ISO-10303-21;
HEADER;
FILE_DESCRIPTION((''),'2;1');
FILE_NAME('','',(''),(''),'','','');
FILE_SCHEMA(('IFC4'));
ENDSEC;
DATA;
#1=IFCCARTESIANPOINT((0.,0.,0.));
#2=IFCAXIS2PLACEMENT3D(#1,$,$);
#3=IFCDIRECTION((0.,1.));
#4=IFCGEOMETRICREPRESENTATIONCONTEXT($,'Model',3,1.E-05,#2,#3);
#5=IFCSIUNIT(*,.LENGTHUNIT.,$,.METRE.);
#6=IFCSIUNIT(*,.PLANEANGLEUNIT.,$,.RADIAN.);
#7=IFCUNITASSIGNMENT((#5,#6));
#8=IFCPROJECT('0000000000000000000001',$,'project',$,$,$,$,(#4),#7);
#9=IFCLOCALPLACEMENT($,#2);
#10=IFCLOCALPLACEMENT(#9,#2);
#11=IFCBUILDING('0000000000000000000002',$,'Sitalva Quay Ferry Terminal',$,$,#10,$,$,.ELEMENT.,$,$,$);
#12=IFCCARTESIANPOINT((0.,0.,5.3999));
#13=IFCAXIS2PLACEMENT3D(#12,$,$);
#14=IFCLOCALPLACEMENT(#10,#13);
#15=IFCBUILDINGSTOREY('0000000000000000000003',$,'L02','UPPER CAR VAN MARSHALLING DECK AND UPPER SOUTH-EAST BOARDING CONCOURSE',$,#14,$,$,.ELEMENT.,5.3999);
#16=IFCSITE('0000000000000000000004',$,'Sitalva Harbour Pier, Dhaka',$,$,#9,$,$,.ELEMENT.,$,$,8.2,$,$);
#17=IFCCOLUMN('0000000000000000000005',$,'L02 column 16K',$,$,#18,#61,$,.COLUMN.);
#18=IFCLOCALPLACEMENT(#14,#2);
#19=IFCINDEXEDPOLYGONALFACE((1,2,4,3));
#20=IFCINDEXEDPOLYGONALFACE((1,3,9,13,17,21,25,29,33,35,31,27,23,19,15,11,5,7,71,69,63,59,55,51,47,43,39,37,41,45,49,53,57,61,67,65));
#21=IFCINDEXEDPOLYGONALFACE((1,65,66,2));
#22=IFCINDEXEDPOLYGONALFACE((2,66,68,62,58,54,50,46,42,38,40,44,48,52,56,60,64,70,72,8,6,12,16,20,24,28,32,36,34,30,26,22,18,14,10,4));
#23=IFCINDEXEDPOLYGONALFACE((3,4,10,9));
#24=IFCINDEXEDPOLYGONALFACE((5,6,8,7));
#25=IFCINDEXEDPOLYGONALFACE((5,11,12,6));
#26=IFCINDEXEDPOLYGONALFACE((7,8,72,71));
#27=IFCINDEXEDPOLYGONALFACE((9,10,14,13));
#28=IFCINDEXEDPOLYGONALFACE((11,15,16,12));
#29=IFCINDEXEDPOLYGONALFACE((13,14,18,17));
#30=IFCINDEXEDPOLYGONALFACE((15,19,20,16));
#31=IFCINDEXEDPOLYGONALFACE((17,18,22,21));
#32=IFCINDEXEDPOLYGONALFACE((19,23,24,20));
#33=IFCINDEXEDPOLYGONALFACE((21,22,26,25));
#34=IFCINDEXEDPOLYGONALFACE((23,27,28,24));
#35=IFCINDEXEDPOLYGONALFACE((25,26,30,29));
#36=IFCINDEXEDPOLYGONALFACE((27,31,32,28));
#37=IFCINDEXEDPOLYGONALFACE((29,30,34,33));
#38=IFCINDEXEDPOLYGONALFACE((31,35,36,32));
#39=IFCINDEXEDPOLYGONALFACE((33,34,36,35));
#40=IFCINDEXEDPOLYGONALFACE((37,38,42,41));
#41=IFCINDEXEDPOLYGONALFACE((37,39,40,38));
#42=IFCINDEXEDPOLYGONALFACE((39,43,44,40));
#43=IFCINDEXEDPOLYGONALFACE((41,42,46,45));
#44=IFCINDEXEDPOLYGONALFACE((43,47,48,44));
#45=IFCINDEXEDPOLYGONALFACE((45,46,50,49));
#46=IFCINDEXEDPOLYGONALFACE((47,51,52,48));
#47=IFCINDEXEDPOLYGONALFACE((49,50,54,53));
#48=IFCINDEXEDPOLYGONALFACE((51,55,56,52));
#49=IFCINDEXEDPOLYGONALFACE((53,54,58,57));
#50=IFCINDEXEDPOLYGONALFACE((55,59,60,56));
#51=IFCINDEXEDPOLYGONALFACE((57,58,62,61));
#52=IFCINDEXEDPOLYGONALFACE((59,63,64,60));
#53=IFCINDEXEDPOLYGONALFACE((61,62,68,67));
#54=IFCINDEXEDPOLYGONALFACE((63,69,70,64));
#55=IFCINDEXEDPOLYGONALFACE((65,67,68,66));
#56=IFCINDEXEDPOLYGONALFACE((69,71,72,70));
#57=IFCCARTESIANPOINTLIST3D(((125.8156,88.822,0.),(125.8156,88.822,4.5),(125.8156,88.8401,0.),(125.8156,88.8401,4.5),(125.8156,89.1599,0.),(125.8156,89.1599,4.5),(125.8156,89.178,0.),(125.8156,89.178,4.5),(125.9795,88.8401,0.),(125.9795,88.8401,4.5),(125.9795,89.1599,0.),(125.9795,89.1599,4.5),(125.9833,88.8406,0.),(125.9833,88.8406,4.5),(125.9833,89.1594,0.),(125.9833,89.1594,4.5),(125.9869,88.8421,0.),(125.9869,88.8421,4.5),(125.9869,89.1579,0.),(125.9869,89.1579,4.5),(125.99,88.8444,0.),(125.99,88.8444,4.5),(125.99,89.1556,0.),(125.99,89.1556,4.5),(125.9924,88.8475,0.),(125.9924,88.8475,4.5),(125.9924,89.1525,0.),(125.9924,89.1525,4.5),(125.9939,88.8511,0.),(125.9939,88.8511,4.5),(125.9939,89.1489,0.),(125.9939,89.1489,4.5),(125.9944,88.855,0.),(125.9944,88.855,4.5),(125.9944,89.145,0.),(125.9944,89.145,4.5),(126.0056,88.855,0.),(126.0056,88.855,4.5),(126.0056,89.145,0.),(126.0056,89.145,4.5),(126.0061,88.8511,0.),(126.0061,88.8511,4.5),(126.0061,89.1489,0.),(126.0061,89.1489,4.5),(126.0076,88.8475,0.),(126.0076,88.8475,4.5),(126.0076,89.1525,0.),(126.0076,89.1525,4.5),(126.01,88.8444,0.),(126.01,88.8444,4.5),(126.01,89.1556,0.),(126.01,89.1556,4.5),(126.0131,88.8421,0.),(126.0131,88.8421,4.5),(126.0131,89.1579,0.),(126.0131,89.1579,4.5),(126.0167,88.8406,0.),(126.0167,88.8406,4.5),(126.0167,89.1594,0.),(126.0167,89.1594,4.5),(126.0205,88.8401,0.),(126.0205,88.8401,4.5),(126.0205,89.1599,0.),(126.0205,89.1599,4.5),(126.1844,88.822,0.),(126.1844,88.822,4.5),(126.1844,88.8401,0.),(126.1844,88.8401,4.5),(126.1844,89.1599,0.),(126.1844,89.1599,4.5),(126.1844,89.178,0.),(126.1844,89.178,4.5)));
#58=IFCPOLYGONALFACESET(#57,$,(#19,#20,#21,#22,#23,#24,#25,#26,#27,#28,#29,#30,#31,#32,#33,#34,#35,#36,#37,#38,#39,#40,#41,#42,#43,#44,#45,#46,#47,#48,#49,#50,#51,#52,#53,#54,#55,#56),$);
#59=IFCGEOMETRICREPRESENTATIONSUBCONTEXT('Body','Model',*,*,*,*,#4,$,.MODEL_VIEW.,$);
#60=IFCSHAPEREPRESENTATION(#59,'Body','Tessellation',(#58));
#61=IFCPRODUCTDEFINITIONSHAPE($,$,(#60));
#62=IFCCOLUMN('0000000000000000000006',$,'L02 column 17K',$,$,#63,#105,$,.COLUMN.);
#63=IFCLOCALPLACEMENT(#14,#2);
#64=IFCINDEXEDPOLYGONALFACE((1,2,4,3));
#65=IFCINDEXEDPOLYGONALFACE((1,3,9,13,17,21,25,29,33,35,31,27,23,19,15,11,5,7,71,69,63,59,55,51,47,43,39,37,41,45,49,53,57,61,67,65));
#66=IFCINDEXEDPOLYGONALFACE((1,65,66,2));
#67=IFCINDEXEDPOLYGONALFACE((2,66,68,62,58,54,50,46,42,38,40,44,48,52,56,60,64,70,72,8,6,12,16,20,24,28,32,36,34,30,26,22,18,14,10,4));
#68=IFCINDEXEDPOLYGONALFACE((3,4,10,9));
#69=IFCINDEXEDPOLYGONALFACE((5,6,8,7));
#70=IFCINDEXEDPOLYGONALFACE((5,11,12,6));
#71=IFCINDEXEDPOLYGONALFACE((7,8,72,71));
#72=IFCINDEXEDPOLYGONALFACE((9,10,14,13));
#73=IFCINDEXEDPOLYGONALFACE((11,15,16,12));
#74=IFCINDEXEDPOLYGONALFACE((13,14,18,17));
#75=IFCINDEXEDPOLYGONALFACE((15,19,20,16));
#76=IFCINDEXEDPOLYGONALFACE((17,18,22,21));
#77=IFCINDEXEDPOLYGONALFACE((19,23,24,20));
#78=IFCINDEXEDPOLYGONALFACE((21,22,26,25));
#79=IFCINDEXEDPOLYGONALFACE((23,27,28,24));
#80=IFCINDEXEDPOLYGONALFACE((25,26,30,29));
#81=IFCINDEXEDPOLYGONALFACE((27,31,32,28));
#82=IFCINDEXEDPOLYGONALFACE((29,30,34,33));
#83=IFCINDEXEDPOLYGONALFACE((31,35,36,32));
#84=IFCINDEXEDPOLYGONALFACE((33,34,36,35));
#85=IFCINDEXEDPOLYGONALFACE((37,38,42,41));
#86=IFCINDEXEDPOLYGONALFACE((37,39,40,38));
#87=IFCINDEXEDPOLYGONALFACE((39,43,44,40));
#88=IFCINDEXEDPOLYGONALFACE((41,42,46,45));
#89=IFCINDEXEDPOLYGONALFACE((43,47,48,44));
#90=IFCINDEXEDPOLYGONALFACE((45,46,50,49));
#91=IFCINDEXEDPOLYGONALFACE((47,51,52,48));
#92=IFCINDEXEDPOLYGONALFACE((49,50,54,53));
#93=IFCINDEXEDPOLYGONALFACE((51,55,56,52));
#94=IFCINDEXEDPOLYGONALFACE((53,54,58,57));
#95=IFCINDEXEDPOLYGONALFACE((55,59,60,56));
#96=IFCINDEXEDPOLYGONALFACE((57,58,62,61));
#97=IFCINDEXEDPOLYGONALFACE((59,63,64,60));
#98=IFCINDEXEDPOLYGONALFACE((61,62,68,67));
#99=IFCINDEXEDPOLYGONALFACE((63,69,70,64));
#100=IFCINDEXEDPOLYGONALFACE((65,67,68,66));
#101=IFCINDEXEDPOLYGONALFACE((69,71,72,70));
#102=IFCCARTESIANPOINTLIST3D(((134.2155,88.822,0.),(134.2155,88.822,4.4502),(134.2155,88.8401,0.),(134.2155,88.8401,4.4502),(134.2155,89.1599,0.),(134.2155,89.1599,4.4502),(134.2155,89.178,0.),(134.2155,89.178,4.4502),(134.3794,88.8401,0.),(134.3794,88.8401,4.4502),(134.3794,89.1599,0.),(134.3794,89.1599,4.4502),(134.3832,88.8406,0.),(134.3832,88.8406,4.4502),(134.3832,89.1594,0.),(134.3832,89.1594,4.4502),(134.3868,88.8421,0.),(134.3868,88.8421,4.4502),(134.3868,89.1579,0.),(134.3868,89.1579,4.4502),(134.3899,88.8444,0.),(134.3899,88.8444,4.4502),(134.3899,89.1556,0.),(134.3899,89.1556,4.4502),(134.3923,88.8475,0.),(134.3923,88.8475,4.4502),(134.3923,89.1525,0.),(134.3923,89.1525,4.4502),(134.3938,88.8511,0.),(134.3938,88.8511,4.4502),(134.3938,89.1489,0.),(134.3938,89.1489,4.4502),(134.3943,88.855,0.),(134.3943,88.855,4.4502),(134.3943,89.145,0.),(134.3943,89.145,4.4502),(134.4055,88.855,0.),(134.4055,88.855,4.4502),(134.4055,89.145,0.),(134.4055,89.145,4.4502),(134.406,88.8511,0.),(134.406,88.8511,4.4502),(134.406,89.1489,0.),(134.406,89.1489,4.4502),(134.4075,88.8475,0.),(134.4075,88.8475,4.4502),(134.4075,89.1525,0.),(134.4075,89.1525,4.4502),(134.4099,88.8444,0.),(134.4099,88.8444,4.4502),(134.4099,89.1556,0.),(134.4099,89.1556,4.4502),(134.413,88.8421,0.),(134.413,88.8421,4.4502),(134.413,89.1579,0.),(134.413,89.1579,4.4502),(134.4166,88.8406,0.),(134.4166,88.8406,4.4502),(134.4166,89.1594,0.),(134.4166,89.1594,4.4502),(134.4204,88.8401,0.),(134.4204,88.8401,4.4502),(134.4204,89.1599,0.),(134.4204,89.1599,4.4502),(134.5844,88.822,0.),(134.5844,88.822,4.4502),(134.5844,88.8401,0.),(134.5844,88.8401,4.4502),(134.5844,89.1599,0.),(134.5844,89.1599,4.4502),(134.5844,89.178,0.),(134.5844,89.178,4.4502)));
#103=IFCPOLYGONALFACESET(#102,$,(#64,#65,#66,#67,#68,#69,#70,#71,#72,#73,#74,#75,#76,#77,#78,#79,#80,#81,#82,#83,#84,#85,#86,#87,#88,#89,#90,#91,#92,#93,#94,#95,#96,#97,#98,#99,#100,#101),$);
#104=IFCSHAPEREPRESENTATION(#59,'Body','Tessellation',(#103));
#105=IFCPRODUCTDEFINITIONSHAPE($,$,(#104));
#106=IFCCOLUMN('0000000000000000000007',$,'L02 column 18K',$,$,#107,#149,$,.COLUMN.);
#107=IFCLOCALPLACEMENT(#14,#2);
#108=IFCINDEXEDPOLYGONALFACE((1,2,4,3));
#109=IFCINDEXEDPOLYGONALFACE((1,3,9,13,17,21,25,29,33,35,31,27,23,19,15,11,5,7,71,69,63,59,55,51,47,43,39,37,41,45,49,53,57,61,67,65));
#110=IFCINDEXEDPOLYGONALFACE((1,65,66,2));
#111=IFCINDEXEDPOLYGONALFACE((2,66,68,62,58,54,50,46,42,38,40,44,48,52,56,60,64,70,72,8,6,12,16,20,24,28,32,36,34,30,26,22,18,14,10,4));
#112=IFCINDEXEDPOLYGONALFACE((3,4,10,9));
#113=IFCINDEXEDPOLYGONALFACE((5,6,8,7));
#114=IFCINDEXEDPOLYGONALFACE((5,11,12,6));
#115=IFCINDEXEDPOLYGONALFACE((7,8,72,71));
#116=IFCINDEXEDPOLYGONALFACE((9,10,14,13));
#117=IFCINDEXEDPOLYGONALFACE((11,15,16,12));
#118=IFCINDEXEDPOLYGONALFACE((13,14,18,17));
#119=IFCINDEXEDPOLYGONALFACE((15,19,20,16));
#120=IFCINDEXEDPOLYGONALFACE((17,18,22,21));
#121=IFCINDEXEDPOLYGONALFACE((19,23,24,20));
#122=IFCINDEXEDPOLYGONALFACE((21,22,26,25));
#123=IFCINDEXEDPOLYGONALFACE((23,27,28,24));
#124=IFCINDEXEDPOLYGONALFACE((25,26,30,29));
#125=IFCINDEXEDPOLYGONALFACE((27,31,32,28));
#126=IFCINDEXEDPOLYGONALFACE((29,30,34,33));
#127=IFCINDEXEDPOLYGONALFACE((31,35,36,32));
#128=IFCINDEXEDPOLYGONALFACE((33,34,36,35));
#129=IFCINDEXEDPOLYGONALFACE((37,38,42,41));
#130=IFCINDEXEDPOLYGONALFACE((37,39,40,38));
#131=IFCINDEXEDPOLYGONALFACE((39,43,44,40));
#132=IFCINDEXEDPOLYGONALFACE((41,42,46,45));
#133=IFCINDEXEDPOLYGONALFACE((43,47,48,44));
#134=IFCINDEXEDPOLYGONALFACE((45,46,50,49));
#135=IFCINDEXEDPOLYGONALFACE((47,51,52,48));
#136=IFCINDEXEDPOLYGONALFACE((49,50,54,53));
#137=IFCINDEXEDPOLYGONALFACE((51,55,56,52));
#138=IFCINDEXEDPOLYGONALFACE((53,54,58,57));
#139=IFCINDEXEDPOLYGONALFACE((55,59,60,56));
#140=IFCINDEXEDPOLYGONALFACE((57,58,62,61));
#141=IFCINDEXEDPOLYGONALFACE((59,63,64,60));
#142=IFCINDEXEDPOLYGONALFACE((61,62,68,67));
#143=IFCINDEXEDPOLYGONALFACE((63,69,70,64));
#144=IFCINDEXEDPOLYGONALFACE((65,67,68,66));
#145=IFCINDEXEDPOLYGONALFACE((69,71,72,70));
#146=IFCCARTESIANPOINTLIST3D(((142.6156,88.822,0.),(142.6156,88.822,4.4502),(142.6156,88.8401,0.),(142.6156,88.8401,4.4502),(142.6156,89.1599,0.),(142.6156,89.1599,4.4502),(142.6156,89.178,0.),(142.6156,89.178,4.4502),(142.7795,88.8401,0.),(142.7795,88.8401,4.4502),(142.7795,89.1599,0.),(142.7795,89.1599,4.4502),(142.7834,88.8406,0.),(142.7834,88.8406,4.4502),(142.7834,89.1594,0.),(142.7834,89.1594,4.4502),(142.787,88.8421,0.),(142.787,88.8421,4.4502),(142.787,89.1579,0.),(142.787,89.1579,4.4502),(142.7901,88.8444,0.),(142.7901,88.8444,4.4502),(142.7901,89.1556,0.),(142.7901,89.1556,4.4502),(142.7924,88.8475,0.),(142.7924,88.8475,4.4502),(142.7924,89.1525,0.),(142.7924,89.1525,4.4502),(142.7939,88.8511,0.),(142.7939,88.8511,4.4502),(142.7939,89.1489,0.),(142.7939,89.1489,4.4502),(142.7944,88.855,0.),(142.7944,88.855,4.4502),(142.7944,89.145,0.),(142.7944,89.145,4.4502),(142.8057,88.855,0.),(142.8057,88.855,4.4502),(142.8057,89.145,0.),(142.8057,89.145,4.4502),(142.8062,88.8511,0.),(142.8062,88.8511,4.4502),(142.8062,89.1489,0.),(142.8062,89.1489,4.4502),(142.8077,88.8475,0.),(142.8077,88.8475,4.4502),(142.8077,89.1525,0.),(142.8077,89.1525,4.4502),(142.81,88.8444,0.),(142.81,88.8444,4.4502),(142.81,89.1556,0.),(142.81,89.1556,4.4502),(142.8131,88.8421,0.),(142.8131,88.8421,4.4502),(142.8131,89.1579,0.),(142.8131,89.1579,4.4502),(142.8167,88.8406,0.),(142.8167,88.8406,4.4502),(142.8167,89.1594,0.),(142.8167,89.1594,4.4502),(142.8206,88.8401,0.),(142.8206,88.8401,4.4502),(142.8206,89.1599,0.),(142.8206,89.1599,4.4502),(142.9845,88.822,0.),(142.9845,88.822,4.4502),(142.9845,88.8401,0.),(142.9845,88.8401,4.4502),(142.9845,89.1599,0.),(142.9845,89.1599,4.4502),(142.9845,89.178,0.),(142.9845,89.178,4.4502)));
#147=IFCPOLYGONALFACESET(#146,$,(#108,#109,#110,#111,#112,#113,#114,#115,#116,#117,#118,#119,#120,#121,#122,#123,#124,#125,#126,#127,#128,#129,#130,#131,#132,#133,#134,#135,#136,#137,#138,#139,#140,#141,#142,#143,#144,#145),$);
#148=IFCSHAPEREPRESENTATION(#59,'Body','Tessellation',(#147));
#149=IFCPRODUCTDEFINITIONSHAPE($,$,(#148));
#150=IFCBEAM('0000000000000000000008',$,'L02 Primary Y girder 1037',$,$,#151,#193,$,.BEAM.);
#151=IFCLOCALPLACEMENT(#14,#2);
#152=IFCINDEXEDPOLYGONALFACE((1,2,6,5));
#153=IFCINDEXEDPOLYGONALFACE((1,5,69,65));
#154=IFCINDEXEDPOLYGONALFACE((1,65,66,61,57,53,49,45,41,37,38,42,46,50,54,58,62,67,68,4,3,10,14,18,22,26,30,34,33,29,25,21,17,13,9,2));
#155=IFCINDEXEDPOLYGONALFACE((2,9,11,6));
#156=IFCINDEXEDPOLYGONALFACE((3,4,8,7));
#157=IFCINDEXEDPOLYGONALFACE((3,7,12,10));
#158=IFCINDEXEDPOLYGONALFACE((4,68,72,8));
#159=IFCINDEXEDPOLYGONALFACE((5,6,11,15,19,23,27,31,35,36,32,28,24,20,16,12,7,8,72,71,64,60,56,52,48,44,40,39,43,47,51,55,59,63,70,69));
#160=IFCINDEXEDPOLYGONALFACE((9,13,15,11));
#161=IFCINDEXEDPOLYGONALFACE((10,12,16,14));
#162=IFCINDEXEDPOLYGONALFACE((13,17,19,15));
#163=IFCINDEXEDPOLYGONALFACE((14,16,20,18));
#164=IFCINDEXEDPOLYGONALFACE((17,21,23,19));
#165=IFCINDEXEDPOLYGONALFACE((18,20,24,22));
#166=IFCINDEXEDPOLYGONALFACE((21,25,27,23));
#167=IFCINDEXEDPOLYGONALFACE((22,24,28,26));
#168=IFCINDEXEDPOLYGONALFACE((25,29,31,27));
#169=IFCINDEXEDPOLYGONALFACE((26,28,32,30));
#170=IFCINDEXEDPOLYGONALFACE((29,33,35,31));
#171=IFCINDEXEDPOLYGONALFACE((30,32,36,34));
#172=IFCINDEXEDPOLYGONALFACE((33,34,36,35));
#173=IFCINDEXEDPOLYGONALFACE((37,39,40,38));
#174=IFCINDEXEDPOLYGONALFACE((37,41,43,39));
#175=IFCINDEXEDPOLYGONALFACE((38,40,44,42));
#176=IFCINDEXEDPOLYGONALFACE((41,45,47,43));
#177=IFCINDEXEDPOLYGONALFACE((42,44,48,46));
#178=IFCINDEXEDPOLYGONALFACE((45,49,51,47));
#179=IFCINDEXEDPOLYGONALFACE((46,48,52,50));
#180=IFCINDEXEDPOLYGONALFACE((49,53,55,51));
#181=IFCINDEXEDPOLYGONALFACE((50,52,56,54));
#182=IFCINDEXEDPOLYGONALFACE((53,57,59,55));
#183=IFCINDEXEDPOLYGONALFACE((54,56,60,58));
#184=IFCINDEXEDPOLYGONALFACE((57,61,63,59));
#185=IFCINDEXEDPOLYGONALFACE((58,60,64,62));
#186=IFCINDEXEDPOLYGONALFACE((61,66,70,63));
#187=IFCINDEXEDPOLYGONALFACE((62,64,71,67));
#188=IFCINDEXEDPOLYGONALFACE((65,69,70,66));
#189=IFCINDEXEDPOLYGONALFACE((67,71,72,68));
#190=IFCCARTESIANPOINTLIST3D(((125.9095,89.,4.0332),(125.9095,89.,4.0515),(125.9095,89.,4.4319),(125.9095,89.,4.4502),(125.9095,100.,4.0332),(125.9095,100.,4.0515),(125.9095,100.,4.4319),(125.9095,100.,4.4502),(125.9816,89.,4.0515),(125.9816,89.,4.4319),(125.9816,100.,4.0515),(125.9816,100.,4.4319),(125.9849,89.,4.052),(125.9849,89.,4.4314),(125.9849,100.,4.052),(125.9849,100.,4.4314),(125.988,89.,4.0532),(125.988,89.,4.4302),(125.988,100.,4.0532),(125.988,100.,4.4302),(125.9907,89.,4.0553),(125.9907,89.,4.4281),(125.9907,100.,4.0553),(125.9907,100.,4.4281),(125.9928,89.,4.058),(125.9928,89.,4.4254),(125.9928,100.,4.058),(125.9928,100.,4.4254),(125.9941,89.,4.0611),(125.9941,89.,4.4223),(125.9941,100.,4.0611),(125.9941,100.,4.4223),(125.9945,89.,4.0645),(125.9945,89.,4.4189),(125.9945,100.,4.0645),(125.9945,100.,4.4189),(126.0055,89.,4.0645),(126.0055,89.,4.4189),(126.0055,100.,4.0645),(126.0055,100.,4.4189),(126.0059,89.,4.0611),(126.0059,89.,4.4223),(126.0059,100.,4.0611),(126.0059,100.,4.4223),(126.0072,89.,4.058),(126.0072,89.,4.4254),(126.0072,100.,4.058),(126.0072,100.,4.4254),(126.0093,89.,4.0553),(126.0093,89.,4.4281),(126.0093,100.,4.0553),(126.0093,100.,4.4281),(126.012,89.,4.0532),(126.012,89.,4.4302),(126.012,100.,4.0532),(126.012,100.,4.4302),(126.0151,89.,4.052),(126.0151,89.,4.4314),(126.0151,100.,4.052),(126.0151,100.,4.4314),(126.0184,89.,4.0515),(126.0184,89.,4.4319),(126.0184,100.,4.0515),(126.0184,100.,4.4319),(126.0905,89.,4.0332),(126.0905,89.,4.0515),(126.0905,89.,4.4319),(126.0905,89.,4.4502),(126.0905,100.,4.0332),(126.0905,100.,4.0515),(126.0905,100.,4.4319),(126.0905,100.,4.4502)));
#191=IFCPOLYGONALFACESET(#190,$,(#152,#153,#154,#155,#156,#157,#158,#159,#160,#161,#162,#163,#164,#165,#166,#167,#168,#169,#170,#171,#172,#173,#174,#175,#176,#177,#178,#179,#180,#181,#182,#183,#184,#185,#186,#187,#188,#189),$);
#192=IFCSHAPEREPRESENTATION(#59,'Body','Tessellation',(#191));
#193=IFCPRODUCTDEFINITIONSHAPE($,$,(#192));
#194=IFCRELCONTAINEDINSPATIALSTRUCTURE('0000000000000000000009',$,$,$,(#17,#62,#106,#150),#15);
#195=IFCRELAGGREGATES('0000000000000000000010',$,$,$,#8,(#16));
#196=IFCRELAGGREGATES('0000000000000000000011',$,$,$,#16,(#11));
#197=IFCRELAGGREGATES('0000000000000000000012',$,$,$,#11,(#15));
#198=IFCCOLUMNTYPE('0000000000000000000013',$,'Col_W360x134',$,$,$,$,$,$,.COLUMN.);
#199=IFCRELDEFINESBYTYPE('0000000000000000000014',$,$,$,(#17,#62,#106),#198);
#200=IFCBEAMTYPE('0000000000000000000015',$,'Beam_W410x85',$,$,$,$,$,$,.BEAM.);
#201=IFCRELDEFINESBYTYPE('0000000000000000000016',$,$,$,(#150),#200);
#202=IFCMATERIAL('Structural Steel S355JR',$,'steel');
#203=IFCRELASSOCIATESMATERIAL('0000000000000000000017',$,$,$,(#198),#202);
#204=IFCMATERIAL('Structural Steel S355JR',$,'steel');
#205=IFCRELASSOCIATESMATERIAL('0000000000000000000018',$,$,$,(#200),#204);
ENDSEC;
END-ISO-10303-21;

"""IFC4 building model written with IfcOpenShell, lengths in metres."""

from ifc_helpers import new_model, si_unit, direction, frame, origin, origin_2d, place, context, subcontext, project, spatial, i_section, extrude, material, material_profile, profile_set, type_object, element, save


model = new_model("IFC4")

# Units and contexts
model_context = context("Model", 3, precision=1e-05, world=origin(), true_north=direction((0.0, 1.0)))
body_context = subcontext(model_context, "Body", "Model", "MODEL_VIEW")
ifc_project = project(units=[si_unit("LENGTHUNIT", "METRE"), si_unit("PLANEANGLEUNIT", "RADIAN")], contexts=[model_context])

# Site, building, storey
site_placement = place(None, origin())
site = spatial("IfcSite", under=ifc_project, at=site_placement, Name="Sitalva Harbour Pier, Dhaka", CompositionType="ELEMENT", RefElevation=8.2)
building_placement = place(site_placement, origin())
building = spatial("IfcBuilding", under=site, at=building_placement, Name="Sitalva Quay Ferry Terminal", CompositionType="ELEMENT")
storey_placement = place(building_placement, frame((0.0, 0.0, 5.3999)))
storey = spatial("IfcBuildingStorey", under=building, at=storey_placement, Name="L02", Description="UPPER CAR VAN MARSHALLING DECK AND UPPER SOUTH-EAST BOARDING CONCOURSE", CompositionType="ELEMENT", Elevation=5.3999)

# Columns
ifc_material_1 = material(Name="Structural Steel S355JR", Category="steel")
ifc_material_profile_1 = material_profile(ifc_material_1, i_section(OverallWidth=0.3689, OverallDepth=0.356, WebThickness=0.0112, FlangeThickness=0.0181, FilletRadius=0.0149, at=origin_2d()), Name="W360x134")
ifc_profile_set_1 = profile_set([ifc_material_profile_1], Name="Structural Steel S355JR")
column_type = type_object("IfcColumnType", Name="Col_W360x134", PredefinedType="COLUMN", material=ifc_profile_set_1)
column_placement = place(storey_placement, frame((126.0, 89.0, 0.0), z_axis=(0.0, 0.0, 1.0), x_axis=(1.0, 0.0, 0.0)))
element("IfcColumn", 1, at=column_placement, inside=storey, type_object=column_type, Name="L02 column 16K", PredefinedType="COLUMN", context=body_context, shape_type="SweptSolid", body=[
    extrude(i_section(OverallWidth=0.3689, OverallDepth=0.356, WebThickness=0.0112, FlangeThickness=0.0181, FilletRadius=0.0149, at=origin_2d()), origin(), (0.0, 0.0, 1.0), 4.5),
])
for number, where, z_axis, x_axis, name in (
    (2, (134.3999, 89.0, 0.0), (0.0, 0.0, 1.0), (1.0, 0.0, 0.0), "L02 column 17K"),
    (3, (142.8, 89.0, 0.0), (0.0, 0.0, 1.0), (1.0, 0.0, 0.0), "L02 column 18K"),
):
    element("IfcColumn", number, at=place(storey_placement, frame(where, z_axis=z_axis, x_axis=x_axis)), inside=storey, type_object=column_type, Name=name, PredefinedType="COLUMN", context=body_context, shape_type="SweptSolid", body=[
        extrude(i_section(OverallWidth=0.3689, OverallDepth=0.356, WebThickness=0.0112, FlangeThickness=0.0181, FilletRadius=0.0149, at=origin_2d()), origin(), (0.0, 0.0, 1.0), 4.4502),
    ])

# Beam
ifc_material_2 = material(Name="Structural Steel S355JR", Category="steel")
ifc_material_profile_2 = material_profile(ifc_material_2, i_section(OverallWidth=0.1809, OverallDepth=0.417, WebThickness=0.011, FlangeThickness=0.0183, FilletRadius=0.0129, at=origin_2d()), Name="W410x85")
ifc_profile_set_2 = profile_set([ifc_material_profile_2], Name="Structural Steel S355JR")
beam_type_1 = type_object("IfcBeamType", Name="Beam_W410x85", PredefinedType="BEAM", material=ifc_profile_set_2)
for number, where, z_axis, x_axis, name in (
    (4, (126.0, 89.0, 4.2417), (0.0, 1.0, 0.0), (-1.0, 0.0, 0.0), "L02 Primary Y girder 1037"),
):
    element("IfcBeam", number, at=place(storey_placement, frame(where, z_axis=z_axis, x_axis=x_axis)), inside=storey, type_object=beam_type_1, Name=name, PredefinedType="BEAM", context=body_context, shape_type="SweptSolid", body=[
        extrude(i_section(OverallWidth=0.1809, OverallDepth=0.417, WebThickness=0.011, FlangeThickness=0.0183, FilletRadius=0.0129, at=origin_2d()), origin(), (0.0, 0.0, 1.0), 11.0),
    ])

save(model, "model.ifc")
